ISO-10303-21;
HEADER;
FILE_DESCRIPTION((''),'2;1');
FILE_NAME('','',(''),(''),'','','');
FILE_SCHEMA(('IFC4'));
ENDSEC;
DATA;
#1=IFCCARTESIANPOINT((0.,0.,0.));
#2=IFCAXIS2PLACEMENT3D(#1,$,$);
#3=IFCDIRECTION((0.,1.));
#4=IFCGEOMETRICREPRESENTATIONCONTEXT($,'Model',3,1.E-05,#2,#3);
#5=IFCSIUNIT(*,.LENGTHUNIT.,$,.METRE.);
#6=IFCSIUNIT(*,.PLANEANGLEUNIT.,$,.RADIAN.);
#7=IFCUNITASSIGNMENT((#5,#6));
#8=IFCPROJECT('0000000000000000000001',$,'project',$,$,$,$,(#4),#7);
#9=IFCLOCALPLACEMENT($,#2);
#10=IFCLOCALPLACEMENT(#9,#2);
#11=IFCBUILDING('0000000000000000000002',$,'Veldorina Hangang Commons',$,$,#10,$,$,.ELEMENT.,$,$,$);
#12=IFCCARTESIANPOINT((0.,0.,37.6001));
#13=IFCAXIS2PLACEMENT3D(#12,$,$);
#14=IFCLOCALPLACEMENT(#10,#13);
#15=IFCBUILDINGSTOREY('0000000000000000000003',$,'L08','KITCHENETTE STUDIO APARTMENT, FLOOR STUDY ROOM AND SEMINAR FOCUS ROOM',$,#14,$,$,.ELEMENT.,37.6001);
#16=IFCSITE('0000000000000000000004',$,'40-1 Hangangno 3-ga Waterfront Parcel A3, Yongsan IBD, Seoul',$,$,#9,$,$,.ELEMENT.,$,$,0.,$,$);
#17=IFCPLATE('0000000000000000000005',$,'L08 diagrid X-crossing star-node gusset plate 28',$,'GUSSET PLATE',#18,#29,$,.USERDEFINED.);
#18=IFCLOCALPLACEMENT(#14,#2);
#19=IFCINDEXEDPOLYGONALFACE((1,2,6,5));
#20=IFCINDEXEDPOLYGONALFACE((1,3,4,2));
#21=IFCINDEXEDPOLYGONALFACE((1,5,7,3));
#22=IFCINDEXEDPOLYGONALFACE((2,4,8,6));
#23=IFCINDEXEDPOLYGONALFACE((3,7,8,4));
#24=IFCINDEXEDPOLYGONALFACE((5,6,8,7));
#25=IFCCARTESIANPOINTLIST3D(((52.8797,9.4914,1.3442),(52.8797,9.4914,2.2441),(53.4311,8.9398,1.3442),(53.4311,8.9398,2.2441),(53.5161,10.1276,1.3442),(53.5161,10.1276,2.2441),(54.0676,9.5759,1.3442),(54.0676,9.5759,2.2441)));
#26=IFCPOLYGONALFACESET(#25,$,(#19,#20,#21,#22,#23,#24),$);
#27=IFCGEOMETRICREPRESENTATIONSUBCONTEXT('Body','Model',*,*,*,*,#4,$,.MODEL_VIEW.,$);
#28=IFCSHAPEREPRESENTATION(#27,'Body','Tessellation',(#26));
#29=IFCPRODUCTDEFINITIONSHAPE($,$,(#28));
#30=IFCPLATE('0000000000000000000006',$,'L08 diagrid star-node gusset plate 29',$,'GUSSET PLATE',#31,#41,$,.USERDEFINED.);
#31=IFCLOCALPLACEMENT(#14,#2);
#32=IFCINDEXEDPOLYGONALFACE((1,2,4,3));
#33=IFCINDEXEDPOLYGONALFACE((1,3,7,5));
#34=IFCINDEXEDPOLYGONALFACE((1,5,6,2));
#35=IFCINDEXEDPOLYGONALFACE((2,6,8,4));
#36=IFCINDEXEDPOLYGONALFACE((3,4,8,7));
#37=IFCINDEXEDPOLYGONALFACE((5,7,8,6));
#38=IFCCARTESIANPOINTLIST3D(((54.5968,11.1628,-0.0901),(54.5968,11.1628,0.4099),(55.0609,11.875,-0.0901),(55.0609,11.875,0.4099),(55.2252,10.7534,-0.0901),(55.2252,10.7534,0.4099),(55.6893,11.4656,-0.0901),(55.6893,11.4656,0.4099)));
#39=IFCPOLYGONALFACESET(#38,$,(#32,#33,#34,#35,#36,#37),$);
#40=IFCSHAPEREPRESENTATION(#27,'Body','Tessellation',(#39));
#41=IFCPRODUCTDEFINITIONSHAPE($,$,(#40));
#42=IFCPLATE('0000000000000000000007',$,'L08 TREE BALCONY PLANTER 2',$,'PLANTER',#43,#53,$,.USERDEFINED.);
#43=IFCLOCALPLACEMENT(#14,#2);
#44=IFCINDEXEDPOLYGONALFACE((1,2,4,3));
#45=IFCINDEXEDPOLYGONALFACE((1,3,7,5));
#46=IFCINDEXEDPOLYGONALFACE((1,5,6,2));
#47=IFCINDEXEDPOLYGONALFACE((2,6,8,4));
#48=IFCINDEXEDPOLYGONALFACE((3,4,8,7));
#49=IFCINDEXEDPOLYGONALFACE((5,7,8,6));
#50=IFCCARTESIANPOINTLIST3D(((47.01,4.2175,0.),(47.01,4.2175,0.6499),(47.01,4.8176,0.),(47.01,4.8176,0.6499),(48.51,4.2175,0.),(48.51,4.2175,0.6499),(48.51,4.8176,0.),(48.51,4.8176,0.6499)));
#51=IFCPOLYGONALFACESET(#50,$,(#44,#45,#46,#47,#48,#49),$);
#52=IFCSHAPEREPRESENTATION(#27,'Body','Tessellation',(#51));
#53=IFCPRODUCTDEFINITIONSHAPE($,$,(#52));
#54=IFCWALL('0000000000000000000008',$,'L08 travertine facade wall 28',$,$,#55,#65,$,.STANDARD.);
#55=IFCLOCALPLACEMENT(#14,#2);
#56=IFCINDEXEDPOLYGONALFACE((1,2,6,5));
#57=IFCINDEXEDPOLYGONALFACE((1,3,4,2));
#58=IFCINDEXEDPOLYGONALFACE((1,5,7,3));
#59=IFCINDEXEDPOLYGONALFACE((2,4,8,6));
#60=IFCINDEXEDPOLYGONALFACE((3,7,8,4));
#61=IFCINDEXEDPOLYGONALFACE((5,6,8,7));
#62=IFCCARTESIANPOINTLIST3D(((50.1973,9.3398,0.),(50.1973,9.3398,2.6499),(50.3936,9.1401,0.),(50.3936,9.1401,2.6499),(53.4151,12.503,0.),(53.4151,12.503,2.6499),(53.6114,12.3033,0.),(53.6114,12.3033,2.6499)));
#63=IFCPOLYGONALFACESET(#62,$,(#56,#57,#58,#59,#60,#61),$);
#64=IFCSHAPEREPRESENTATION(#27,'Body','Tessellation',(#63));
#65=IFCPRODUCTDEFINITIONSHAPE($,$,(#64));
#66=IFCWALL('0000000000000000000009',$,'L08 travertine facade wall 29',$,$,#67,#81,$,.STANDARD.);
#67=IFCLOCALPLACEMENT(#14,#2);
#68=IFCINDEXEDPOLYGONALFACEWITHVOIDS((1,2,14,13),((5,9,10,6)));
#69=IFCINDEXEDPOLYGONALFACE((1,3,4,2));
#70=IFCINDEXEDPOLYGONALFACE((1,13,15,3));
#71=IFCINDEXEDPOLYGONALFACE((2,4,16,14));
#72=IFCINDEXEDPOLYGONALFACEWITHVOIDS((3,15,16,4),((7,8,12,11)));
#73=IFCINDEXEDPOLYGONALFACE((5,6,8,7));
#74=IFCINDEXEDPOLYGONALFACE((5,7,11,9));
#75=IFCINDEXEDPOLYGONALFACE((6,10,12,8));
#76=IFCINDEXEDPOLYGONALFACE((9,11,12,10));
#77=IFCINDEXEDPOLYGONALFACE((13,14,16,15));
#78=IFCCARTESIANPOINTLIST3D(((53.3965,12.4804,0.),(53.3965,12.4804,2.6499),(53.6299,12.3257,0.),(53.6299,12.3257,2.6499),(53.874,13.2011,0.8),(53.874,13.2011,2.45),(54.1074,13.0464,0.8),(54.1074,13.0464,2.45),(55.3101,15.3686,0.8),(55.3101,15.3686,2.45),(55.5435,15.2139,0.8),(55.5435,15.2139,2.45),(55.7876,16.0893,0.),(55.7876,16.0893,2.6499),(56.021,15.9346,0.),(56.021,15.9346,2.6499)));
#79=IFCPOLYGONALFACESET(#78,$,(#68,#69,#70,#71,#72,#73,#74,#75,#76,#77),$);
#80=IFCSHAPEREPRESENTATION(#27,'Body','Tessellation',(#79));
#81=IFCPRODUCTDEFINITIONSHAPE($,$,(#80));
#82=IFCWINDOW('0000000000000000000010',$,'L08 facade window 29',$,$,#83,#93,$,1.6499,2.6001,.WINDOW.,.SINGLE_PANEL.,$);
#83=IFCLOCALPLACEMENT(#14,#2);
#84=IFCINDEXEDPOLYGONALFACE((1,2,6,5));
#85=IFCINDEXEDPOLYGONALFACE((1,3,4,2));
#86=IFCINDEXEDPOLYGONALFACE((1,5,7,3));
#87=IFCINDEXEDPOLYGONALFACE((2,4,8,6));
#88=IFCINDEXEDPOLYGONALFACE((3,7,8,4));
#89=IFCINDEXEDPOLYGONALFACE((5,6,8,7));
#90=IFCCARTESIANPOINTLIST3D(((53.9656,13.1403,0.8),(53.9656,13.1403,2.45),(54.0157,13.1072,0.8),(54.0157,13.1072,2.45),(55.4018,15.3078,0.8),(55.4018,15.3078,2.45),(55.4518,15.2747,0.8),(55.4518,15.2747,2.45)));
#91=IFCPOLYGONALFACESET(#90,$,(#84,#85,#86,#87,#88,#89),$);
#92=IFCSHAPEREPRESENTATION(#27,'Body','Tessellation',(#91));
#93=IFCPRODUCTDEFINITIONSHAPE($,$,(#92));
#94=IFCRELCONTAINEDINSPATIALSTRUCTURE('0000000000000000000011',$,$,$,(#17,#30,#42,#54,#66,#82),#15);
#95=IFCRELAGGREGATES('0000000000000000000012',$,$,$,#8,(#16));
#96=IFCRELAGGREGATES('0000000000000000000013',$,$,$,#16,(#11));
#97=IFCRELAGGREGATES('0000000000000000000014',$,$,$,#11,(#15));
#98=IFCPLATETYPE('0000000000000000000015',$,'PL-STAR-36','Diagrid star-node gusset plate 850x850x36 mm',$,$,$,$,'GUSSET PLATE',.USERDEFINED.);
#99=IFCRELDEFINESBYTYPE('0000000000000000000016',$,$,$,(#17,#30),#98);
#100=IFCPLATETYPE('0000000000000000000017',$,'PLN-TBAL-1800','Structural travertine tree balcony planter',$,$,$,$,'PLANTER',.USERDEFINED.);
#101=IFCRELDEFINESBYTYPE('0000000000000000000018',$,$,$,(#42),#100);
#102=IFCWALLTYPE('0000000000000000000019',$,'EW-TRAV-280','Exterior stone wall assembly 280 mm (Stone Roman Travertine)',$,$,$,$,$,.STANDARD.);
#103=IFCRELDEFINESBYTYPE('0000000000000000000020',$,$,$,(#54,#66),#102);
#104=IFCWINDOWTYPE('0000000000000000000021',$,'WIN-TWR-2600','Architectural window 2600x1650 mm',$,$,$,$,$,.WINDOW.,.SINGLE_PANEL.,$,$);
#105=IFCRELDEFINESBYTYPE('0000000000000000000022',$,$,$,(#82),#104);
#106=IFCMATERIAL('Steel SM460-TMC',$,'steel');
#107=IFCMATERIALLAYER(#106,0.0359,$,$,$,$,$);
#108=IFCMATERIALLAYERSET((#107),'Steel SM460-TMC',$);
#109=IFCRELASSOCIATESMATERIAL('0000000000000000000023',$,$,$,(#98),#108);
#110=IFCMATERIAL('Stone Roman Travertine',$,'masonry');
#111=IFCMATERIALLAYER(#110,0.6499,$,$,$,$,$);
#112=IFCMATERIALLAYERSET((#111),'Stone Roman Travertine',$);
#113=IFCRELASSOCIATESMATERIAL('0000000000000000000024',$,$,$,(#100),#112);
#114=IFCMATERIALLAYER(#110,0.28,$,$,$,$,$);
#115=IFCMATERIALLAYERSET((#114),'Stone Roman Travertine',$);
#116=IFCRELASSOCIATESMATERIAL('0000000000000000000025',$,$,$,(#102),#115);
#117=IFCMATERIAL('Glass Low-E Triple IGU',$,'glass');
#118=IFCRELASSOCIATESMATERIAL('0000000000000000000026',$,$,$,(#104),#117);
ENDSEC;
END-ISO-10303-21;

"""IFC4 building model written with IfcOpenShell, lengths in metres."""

from ifc_helpers import new_model, si_unit, direction, frame, frame_2d, origin, origin_2d, place, context, subcontext, project, spatial, rectangle, extrude, material, layer, layer_set, type_object, element, fill, save


model = new_model("IFC4")

# Units and contexts
model_context = context("Model", 3, precision=1e-05, world=origin(), true_north=direction((0.0, 1.0)))
body_context = subcontext(model_context, "Body", "Model", "MODEL_VIEW")
ifc_project = project(units=[si_unit("LENGTHUNIT", "METRE"), si_unit("PLANEANGLEUNIT", "RADIAN")], contexts=[model_context])

# Site, building, storey
site_placement = place(None, origin())
site = spatial("IfcSite", under=ifc_project, at=site_placement, Name="40-1 Hangangno 3-ga Waterfront Parcel A3, Yongsan IBD, Seoul", CompositionType="ELEMENT", RefElevation=0.0)
building_placement = place(site_placement, origin())
building = spatial("IfcBuilding", under=site, at=building_placement, Name="Veldorina Hangang Commons", CompositionType="ELEMENT")
storey_placement = place(building_placement, frame((0.0, 0.0, 37.6001)))
storey = spatial("IfcBuildingStorey", under=building, at=storey_placement, Name="L08", Description="KITCHENETTE STUDIO APARTMENT, FLOOR STUDY ROOM AND SEMINAR FOCUS ROOM", CompositionType="ELEMENT", Elevation=37.6001)

# Shared definitions
ifc_material_1 = material(Name="Steel SM460-TMC", Category="steel")

# Plates
ifc_layer_1 = layer(ifc_material_1, 0.0359)
ifc_layer_set_1 = layer_set([ifc_layer_1], Name="Steel SM460-TMC")
plate_type_1 = type_object("IfcPlateType", Name="PL-STAR-36", Description="Diagrid star-node gusset plate 850x850x36 mm", ElementType="GUSSET PLATE", PredefinedType="USERDEFINED", material=ifc_layer_set_1)
plate_1_placement = place(storey_placement, frame((53.4736, 9.5337, 1.3442), z_axis=(0.0, 0.0, 1.0), x_axis=(0.707255, 0.706959, 0.0)))
element("IfcPlate", 1, at=plate_1_placement, inside=storey, type_object=plate_type_1, Name="L08 diagrid X-crossing star-node gusset plate 28", ObjectType="GUSSET PLATE", PredefinedType="USERDEFINED", context=body_context, shape_type="SweptSolid", body=[
    extrude(rectangle(XDim=0.8999, YDim=0.78, at=origin_2d()), origin(), (0.0, 0.0, 1.0), 0.8999),
])
plate_2_placement = place(storey_placement, frame((55.1431, 11.3142, -0.0901), z_axis=(0.0, 0.0, 1.0), x_axis=(0.545897, 0.837852, 0.0)))
element("IfcPlate", 2, at=plate_2_placement, inside=storey, type_object=plate_type_1, Name="L08 diagrid star-node gusset plate 29", ObjectType="GUSSET PLATE", PredefinedType="USERDEFINED", context=body_context, shape_type="SweptSolid", body=[
    extrude(rectangle(XDim=0.8501, YDim=0.75, at=origin_2d()), origin(), (0.0, 0.0, 1.0), 0.5),
])
ifc_material_2 = material(Name="Stone Roman Travertine", Category="masonry")
ifc_layer_2 = layer(ifc_material_2, 0.6499)
ifc_layer_set_2 = layer_set([ifc_layer_2], Name="Stone Roman Travertine")
plate_type_2 = type_object("IfcPlateType", Name="PLN-TBAL-1800", Description="Structural travertine tree balcony planter", ElementType="PLANTER", PredefinedType="USERDEFINED", material=ifc_layer_set_2)
plate_3_placement = place(storey_placement, frame((47.76, 4.5176, 0.0), z_axis=(0.0, 0.0, 1.0), x_axis=(1.0, 0.0, 0.0)))
element("IfcPlate", 3, at=plate_3_placement, inside=storey, type_object=plate_type_2, Name="L08 TREE BALCONY PLANTER 2", ObjectType="PLANTER", PredefinedType="USERDEFINED", context=body_context, shape_type="SweptSolid", body=[
    extrude(rectangle(XDim=1.5, YDim=0.6001, at=origin_2d()), origin(), (0.0, 0.0, 1.0), 0.6499),
])

# Wall
ifc_layer_3 = layer(ifc_material_2, 0.28)
ifc_layer_set_3 = layer_set([ifc_layer_3], Name="Stone Roman Travertine")
wall_type_1 = type_object("IfcWallType", Name="EW-TRAV-280", Description="Exterior stone wall assembly 280 mm (Stone Roman Travertine)", PredefinedType="STANDARD", material=ifc_layer_set_3)
wall_1_placement = place(storey_placement, frame((50.2954, 9.24, 0.0), z_axis=(0.0, 0.0, 1.0), x_axis=(0.713141, 0.701021, 0.0)))
element("IfcWall", 4, at=wall_1_placement, inside=storey, type_object=wall_type_1, Name="L08 travertine facade wall 28", PredefinedType="STANDARD", context=body_context, shape_type="SweptSolid", body=[
    extrude(rectangle(XDim=4.5122, YDim=0.28, at=frame_2d((2.2561, 0.0))), origin(), (0.0, 0.0, 1.0), 2.6499),
])

# Wall, opening, window
wall_2_placement = place(storey_placement, frame((53.5132, 12.4031, 0.0), z_axis=(0.0, 0.0, 1.0), x_axis=(0.552329, 0.833626, 0.0)))
wall_2 = element("IfcWall", 5, at=wall_2_placement, inside=storey, type_object=wall_type_1, Name="L08 travertine facade wall 29", PredefinedType="STANDARD", context=body_context, shape_type="SweptSolid", body=[
    extrude(rectangle(XDim=4.3291, YDim=0.28, at=frame_2d((2.1646, 0.0))), origin(), (0.0, 0.0, 1.0), 2.6499),
])
opening_1_placement = place(wall_2_placement, frame((0.8645, 0.0, 0.8)))
opening_1 = element("IfcOpeningElement", 6, at=opening_1_placement, cuts=wall_2, PredefinedType="OPENING", context=body_context, shape_type="SweptSolid", body=[
    extrude(rectangle(XDim=2.6001, YDim=1.6499, at=frame_2d((1.3, 0.825))), frame((0.0, 0.1499, 0.0), z_axis=(0.0, -1.0, 0.0), x_axis=(1.0, 0.0, 0.0)), (0.0, 0.0, 1.0), 0.3),
])
ifc_material_3 = material(Name="Glass Low-E Triple IGU", Category="glass")
window_type = type_object("IfcWindowType", Name="WIN-TWR-2600", Description="Architectural window 2600x1650 mm", PartitioningType="SINGLE_PANEL", PredefinedType="WINDOW", material=ifc_material_3)
window_placement = place(opening_1_placement, origin())
window = element("IfcWindow", 7, at=window_placement, inside=storey, type_object=window_type, Name="L08 facade window 29", OverallHeight=1.6499, OverallWidth=2.6001, PartitioningType="SINGLE_PANEL", PredefinedType="WINDOW", context=body_context, shape_type="SweptSolid", body=[
    extrude(rectangle(XDim=2.6001, YDim=1.6499, at=frame_2d((1.3, 0.825))), frame((0.0, 0.03, 0.0), z_axis=(0.0, -1.0, 0.0), x_axis=(1.0, 0.0, 0.0)), (0.0, 0.0, 1.0), 0.0601),
])
fill(opening_1, window)

save(model, "model.ifc")
